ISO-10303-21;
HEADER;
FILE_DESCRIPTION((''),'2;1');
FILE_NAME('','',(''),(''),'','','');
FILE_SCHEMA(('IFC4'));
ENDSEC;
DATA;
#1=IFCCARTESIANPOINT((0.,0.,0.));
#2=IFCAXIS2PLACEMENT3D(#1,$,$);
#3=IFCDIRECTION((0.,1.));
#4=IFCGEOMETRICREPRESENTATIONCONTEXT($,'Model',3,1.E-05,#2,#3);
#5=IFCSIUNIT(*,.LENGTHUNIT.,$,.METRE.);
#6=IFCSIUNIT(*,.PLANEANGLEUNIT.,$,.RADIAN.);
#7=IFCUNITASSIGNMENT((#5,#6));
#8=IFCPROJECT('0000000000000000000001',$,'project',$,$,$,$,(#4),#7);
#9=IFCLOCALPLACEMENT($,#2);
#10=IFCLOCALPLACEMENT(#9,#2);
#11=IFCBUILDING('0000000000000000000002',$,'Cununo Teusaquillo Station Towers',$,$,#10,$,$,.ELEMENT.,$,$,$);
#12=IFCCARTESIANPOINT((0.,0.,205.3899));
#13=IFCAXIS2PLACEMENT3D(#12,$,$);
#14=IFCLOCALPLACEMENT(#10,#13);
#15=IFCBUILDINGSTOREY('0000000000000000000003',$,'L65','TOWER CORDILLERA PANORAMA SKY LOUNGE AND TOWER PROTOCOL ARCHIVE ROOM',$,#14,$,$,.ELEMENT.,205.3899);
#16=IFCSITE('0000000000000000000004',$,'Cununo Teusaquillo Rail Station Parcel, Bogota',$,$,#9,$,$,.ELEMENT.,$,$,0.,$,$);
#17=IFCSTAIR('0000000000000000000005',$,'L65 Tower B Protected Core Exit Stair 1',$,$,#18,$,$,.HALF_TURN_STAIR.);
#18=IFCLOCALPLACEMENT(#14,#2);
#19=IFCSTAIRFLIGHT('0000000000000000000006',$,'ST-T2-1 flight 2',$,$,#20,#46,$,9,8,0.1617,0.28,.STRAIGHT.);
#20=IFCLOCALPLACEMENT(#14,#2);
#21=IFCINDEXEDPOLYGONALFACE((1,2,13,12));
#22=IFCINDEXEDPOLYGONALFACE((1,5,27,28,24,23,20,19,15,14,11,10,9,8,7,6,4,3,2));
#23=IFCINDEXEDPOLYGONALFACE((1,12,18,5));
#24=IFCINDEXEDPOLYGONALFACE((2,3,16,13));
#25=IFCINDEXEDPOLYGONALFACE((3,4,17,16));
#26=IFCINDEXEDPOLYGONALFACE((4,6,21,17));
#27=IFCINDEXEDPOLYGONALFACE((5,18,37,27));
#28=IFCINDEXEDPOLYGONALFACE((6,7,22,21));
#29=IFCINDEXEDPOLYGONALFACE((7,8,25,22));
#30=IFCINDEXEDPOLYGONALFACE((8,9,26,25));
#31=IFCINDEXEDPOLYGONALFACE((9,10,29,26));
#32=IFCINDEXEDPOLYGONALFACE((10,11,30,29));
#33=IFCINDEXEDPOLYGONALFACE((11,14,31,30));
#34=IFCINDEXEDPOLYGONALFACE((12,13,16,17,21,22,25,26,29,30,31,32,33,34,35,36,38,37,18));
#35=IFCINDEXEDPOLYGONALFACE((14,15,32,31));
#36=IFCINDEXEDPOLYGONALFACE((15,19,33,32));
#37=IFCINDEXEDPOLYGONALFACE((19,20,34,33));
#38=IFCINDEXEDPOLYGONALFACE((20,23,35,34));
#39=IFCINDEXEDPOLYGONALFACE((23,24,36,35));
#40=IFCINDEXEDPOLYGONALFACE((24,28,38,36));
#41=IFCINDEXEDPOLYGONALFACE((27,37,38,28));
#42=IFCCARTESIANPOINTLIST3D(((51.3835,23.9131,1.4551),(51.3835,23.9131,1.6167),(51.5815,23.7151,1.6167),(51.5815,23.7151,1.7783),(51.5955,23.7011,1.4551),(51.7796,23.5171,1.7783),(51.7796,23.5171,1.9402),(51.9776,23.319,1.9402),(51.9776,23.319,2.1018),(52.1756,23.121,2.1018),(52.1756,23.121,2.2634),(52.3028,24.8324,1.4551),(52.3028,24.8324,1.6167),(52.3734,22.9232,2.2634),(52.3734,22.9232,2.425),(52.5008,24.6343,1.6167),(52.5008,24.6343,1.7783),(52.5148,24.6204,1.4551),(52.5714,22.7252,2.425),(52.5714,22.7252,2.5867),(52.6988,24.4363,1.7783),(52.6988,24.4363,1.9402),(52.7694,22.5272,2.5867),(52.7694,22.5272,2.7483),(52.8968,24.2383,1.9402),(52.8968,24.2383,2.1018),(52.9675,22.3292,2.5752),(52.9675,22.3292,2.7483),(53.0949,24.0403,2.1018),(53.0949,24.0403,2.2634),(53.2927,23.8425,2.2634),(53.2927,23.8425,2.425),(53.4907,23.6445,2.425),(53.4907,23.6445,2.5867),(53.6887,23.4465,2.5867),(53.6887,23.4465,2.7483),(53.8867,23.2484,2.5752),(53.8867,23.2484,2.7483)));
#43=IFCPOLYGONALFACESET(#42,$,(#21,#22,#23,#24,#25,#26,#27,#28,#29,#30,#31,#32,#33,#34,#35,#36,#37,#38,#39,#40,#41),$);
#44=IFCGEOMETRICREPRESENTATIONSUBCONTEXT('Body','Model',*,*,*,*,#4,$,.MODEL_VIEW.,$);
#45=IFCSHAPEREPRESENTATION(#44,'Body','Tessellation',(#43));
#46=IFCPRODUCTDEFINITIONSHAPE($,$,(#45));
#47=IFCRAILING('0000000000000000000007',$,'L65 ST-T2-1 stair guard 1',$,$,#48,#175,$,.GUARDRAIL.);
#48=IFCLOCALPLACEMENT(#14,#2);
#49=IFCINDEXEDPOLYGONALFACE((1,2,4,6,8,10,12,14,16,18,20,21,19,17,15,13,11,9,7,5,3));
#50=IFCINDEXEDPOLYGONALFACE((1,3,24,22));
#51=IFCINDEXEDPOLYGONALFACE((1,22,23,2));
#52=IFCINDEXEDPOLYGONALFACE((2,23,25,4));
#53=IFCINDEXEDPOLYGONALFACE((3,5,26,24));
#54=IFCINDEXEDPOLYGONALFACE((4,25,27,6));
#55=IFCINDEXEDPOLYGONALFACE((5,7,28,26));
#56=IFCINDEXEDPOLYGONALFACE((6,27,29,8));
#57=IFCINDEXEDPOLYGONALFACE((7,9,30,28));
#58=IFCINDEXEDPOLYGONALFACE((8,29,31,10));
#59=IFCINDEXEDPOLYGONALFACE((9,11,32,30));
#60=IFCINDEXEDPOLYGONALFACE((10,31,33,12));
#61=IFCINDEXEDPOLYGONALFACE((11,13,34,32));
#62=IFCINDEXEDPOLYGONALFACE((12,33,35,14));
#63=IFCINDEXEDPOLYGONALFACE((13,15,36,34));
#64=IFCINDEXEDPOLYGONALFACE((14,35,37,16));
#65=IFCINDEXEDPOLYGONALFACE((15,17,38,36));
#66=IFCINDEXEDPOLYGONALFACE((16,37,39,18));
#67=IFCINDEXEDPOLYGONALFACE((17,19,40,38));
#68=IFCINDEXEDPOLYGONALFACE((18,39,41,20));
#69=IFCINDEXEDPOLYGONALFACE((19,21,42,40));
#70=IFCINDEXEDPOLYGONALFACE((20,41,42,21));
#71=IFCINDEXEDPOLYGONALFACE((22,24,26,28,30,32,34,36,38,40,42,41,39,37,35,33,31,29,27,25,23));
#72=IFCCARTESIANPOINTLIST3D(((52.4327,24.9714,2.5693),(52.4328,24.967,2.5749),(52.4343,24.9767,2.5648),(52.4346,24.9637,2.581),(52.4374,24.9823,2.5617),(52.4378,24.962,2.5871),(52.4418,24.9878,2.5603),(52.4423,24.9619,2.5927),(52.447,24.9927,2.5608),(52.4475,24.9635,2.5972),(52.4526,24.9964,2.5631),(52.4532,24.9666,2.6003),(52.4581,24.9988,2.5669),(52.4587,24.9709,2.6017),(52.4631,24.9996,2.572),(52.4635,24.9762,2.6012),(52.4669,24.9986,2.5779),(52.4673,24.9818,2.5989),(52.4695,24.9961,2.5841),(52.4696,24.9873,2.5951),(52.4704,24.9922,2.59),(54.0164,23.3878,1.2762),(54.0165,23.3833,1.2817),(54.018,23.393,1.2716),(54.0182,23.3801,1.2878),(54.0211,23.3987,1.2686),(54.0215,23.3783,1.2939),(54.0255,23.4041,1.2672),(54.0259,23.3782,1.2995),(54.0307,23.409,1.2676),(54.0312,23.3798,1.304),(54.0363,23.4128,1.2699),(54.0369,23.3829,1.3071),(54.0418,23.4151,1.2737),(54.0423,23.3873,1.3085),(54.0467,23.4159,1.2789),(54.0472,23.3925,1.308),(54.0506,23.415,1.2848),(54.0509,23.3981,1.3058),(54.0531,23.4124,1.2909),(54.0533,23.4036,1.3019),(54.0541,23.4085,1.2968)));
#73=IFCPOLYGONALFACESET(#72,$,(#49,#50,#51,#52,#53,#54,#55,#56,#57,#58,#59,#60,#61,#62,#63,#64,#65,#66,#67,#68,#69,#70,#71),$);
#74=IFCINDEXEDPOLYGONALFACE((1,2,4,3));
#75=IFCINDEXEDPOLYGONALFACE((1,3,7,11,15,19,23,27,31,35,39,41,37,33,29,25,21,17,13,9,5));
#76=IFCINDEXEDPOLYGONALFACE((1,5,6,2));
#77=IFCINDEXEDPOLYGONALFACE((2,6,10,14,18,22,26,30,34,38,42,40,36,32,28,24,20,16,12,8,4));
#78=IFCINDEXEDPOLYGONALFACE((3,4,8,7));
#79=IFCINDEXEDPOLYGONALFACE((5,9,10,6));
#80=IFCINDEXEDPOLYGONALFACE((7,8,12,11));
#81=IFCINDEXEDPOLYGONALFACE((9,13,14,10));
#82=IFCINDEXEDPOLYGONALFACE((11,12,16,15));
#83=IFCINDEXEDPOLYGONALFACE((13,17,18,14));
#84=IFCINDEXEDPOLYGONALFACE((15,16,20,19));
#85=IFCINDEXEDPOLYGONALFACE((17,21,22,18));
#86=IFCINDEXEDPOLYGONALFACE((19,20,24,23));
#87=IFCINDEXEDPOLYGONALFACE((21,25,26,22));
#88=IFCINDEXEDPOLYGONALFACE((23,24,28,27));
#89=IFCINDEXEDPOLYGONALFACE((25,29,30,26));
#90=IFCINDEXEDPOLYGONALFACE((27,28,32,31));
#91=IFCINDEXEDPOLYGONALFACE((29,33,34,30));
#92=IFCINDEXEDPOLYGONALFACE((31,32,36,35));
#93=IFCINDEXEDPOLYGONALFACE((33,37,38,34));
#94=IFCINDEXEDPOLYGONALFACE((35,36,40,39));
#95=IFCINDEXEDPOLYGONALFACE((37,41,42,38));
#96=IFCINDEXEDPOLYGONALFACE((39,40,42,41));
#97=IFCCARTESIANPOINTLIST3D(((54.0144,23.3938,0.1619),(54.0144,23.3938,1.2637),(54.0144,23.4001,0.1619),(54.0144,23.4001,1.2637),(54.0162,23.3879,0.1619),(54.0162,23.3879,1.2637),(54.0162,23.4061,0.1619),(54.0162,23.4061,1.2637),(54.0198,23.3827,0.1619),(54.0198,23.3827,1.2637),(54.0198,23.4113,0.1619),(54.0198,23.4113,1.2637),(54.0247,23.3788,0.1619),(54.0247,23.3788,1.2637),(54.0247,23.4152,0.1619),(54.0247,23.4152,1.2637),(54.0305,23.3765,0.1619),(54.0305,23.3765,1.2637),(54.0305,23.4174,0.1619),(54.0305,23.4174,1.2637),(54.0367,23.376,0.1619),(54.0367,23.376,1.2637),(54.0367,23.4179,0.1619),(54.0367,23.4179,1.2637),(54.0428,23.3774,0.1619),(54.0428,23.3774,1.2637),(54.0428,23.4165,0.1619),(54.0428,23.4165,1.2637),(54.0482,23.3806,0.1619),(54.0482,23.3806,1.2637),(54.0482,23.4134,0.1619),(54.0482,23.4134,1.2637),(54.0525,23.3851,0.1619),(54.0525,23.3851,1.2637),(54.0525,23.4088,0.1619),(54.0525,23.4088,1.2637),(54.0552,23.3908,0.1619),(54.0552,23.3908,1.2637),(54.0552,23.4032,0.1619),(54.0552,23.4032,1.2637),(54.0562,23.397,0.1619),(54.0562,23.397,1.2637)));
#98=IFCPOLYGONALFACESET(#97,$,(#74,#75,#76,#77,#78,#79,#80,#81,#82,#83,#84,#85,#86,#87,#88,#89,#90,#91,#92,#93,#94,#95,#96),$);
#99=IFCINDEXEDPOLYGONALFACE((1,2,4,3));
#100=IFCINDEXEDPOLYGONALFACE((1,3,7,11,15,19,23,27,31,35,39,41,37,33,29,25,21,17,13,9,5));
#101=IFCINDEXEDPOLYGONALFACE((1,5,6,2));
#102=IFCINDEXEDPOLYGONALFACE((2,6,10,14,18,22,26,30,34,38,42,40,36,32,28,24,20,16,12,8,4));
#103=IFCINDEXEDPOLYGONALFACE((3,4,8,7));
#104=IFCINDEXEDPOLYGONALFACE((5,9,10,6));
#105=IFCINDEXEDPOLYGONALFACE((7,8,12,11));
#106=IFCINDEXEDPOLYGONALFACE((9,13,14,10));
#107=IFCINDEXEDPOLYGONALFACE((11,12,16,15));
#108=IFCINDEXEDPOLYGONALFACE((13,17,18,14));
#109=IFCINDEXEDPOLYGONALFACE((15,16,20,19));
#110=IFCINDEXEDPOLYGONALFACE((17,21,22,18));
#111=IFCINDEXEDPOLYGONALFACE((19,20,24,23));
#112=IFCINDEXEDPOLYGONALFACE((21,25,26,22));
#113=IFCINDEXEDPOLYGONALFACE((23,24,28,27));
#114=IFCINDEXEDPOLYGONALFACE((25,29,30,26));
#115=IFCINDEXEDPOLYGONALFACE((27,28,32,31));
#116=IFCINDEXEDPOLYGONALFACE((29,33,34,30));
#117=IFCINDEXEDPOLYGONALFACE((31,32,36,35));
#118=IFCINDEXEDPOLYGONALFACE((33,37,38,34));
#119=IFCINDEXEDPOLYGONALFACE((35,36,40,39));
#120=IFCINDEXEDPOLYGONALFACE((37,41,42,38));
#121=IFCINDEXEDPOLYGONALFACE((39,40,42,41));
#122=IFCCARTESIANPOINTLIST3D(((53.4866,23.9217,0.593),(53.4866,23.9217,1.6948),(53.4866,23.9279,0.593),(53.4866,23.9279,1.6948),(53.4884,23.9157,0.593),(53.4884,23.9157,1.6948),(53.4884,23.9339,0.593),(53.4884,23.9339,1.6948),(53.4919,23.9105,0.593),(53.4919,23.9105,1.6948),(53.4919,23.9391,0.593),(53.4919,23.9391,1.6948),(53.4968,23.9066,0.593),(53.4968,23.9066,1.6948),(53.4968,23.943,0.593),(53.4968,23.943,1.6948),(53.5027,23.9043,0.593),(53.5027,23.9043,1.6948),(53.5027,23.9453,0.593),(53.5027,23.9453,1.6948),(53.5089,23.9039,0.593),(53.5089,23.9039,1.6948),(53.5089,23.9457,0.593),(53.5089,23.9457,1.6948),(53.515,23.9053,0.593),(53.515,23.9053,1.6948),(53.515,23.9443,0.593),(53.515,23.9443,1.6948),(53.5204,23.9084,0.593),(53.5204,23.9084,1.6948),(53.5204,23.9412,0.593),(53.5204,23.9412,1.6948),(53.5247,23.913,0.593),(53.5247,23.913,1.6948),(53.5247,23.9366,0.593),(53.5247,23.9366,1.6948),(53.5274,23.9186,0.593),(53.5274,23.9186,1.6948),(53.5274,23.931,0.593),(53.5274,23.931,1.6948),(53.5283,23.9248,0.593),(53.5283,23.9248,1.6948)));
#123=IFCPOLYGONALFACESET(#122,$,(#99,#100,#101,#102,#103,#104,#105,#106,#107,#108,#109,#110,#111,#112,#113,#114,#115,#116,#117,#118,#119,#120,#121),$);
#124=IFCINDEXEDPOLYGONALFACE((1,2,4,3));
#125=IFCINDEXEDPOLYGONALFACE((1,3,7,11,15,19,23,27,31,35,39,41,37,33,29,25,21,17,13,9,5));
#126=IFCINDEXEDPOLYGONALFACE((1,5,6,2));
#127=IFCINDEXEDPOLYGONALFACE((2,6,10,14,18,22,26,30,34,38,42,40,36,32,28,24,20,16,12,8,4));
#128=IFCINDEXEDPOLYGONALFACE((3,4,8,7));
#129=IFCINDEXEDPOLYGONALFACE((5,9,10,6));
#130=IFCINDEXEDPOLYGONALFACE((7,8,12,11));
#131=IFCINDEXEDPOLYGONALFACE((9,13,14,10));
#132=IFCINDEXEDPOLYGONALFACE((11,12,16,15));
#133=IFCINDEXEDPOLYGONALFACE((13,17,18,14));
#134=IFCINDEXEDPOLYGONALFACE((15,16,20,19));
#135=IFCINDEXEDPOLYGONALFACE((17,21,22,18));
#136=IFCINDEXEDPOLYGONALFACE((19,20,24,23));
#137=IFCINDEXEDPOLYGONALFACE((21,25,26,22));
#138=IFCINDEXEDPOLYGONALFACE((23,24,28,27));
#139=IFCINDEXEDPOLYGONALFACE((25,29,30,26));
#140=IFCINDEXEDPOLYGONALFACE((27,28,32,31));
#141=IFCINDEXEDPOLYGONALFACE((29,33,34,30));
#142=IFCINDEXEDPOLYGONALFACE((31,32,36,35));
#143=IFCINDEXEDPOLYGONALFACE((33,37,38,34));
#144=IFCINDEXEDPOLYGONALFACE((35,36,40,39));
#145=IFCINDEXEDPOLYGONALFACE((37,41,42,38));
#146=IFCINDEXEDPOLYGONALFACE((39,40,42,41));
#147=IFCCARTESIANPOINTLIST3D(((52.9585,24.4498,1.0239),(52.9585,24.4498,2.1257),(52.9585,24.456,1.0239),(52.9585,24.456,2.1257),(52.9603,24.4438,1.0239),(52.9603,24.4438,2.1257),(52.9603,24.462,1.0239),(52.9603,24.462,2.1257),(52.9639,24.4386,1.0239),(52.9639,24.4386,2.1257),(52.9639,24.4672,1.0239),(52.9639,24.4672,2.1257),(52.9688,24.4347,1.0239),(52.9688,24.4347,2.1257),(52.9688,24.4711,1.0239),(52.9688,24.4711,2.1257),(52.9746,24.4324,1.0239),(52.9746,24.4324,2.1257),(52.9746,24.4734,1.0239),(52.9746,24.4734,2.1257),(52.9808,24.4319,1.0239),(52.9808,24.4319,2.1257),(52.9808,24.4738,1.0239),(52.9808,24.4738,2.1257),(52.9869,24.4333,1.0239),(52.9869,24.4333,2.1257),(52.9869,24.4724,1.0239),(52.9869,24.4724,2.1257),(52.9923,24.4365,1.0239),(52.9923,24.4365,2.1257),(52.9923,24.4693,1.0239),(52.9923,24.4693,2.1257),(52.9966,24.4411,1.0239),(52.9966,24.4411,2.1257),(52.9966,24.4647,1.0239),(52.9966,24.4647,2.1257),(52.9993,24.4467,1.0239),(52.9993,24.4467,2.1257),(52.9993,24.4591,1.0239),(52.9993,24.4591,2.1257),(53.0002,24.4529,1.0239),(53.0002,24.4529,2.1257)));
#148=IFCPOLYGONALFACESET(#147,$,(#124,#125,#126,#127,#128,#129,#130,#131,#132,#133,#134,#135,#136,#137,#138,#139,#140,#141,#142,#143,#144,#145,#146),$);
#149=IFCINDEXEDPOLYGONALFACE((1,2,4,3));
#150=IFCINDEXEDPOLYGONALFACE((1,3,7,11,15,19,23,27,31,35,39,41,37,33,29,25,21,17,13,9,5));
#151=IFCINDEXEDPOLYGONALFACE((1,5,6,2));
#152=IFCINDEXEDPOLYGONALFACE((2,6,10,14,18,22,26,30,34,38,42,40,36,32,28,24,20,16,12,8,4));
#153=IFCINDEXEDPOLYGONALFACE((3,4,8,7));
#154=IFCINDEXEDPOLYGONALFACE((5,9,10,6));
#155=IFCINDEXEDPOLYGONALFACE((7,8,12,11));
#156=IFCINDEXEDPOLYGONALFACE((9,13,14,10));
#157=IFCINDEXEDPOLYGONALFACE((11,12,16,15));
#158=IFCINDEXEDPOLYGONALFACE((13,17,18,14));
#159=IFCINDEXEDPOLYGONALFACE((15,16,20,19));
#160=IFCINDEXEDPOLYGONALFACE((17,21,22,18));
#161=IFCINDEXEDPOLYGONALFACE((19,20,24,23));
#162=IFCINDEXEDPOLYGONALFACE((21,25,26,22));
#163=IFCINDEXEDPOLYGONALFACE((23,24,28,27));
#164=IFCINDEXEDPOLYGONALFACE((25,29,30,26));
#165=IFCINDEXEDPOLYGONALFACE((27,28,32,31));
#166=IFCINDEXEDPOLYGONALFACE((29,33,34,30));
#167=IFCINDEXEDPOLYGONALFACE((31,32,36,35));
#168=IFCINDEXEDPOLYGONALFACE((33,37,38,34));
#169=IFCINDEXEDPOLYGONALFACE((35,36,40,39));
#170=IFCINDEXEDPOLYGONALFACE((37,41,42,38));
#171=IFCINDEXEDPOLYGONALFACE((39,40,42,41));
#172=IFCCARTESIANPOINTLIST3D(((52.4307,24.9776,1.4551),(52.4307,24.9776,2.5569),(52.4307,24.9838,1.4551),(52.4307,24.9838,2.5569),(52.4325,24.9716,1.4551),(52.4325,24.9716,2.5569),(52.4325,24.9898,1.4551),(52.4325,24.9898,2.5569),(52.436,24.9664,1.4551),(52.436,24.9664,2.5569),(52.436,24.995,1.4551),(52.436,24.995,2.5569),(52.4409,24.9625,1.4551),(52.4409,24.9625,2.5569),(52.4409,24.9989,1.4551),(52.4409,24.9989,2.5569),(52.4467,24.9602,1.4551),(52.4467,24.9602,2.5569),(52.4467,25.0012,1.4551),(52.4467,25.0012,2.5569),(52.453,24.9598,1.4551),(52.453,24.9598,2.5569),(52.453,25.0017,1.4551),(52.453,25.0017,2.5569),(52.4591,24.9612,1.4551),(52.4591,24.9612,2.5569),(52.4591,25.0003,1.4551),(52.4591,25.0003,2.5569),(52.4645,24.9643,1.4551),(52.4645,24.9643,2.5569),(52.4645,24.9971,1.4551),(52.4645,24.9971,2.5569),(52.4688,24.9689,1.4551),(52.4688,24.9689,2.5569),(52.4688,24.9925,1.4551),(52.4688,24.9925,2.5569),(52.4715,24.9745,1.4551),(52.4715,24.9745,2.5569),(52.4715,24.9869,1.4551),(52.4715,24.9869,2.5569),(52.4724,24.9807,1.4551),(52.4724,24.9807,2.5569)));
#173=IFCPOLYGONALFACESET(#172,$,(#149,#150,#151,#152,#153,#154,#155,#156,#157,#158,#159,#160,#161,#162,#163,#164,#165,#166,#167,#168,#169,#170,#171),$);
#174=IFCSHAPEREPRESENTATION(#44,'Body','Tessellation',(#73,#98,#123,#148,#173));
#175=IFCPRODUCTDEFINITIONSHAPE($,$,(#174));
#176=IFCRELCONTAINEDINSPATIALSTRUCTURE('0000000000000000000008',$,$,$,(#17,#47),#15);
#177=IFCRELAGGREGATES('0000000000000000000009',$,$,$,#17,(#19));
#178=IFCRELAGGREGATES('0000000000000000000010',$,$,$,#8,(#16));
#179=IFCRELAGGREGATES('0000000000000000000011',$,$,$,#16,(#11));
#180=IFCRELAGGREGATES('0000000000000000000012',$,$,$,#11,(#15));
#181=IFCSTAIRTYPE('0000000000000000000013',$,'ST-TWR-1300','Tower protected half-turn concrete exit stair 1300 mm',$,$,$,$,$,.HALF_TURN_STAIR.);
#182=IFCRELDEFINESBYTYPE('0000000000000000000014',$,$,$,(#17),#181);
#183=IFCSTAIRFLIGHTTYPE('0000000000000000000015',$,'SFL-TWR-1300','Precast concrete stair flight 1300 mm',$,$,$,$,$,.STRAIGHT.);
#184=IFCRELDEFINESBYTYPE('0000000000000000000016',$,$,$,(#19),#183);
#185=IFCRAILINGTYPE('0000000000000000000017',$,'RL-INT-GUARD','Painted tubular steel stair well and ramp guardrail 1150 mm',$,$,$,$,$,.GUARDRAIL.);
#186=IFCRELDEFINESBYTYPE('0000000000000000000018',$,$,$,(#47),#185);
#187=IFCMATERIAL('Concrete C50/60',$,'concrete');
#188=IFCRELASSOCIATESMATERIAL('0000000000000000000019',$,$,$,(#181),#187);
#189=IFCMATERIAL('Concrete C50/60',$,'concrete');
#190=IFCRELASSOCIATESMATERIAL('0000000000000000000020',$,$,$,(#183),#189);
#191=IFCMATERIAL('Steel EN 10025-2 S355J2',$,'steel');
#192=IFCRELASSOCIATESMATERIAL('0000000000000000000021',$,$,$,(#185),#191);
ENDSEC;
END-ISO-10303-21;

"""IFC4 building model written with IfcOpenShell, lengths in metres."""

from ifc_helpers import new_model, si_unit, direction, frame, origin, origin_2d, place, context, subcontext, project, spatial, polyline, circle, outline, extrude, material, type_object, element, aggregate, save


model = new_model("IFC4")

# Units and contexts
model_context = context("Model", 3, precision=1e-05, world=origin(), true_north=direction((0.0, 1.0)))
body_context = subcontext(model_context, "Body", "Model", "MODEL_VIEW")
ifc_project = project(units=[si_unit("LENGTHUNIT", "METRE"), si_unit("PLANEANGLEUNIT", "RADIAN")], contexts=[model_context])

# Site, building, storey
site_placement = place(None, origin())
site = spatial("IfcSite", under=ifc_project, at=site_placement, Name="Cununo Teusaquillo Rail Station Parcel, Bogota", CompositionType="ELEMENT", RefElevation=0.0)
building_placement = place(site_placement, origin())
building = spatial("IfcBuilding", under=site, at=building_placement, Name="Cununo Teusaquillo Station Towers", CompositionType="ELEMENT")
storey_placement = place(building_placement, frame((0.0, 0.0, 205.3899)))
storey = spatial("IfcBuildingStorey", under=building, at=storey_placement, Name="L65", Description="TOWER CORDILLERA PANORAMA SKY LOUNGE AND TOWER PROTOCOL ARCHIVE ROOM", CompositionType="ELEMENT", Elevation=205.3899)

# Stair, stair flight
ifc_material_1 = material(Name="Concrete C50/60", Category="concrete")
stair_type = type_object("IfcStairType", Name="ST-TWR-1300", Description="Tower protected half-turn concrete exit stair 1300 mm", PredefinedType="HALF_TURN_STAIR", material=ifc_material_1)
stair_placement = place(storey_placement, origin())
stair = element("IfcStair", 1, at=stair_placement, inside=storey, type_object=stair_type, Name="L65 Tower B Protected Core Exit Stair 1", PredefinedType="HALF_TURN_STAIR")
ifc_material_2 = material(Name="Concrete C50/60", Category="concrete")
stair_flight_type = type_object("IfcStairFlightType", Name="SFL-TWR-1300", Description="Precast concrete stair flight 1300 mm", PredefinedType="STRAIGHT", material=ifc_material_2)
stair_flight_1_placement = place(storey_placement, frame((51.8433, 24.3728, 1.4551), z_axis=(0.0, 0.0, 1.0), x_axis=(0.707107, -0.707107, 0.0)))
stair_flight_1 = element("IfcStairFlight", 2, at=stair_flight_1_placement, type_object=stair_flight_type, Name="ST-T2-1 flight 2", NumberOfRisers=9, NumberOfTreads=8, PredefinedType="STRAIGHT", RiserHeight=0.1617, TreadLength=0.28, context=body_context, shape_type="SweptSolid", body=[
    extrude(outline(polyline([(0.0, 0.0), (0.0, 0.1616), (0.28, 0.1616), (0.28, 0.3232), (0.5601, 0.3232), (0.5601, 0.4851), (0.8401, 0.4851), (0.8401, 0.6467), (1.1201, 0.6467), (1.1201, 0.8083), (1.3999, 0.8083), (1.3999, 0.97), (1.6799, 0.97), (1.6799, 1.1316), (1.96, 1.1316), (1.96, 1.2932), (2.24, 1.2932), (2.24, 1.4551), (2.24, 1.1201), (0.2998, 0.0), (0.0, 0.0)])), frame((0.0, 0.6499, 0.0), z_axis=(0.0, -1.0, 0.0), x_axis=(1.0, 0.0, 0.0)), (0.0, 0.0, 1.0), 1.3),
])
aggregate(stair, [stair_flight_1])

# Railing
ifc_material_3 = material(Name="Steel EN 10025-2 S355J2", Category="steel")
railing_type_1 = type_object("IfcRailingType", Name="RL-INT-GUARD", Description="Painted tubular steel stair well and ramp guardrail 1150 mm", PredefinedType="GUARDRAIL", material=ifc_material_3)
railing_1_placement = place(storey_placement, frame((54.0352, 23.397, 0.1619)))
element("IfcRailing", 3, at=railing_1_placement, inside=storey, type_object=railing_type_1, Name="L65 ST-T2-1 stair guard 1", PredefinedType="GUARDRAIL", context=body_context, shape_type="SweptSolid", body=[
    extrude(circle(Radius=0.0239, at=origin_2d()), frame((0.0, 0.0, 1.126), z_axis=(-0.612361, 0.612361, 0.500027), x_axis=(-0.707107, -0.707107, 0.0)), (0.0, 0.0, 1.0), 2.5862),
    extrude(circle(Radius=0.021, at=origin_2d()), origin(), (0.0, 0.0, 1.0), 1.1018),
    extrude(circle(Radius=0.021, at=origin_2d()), frame((-0.5278, 0.5278, 0.4312)), (0.0, 0.0, 1.0), 1.1018),
    extrude(circle(Radius=0.021, at=origin_2d()), frame((-1.0559, 1.0559, 0.8621)), (0.0, 0.0, 1.0), 1.1018),
    extrude(circle(Radius=0.021, at=origin_2d()), frame((-1.5837, 1.5837, 1.2932)), (0.0, 0.0, 1.0), 1.1018),
])

save(model, "model.ifc")
